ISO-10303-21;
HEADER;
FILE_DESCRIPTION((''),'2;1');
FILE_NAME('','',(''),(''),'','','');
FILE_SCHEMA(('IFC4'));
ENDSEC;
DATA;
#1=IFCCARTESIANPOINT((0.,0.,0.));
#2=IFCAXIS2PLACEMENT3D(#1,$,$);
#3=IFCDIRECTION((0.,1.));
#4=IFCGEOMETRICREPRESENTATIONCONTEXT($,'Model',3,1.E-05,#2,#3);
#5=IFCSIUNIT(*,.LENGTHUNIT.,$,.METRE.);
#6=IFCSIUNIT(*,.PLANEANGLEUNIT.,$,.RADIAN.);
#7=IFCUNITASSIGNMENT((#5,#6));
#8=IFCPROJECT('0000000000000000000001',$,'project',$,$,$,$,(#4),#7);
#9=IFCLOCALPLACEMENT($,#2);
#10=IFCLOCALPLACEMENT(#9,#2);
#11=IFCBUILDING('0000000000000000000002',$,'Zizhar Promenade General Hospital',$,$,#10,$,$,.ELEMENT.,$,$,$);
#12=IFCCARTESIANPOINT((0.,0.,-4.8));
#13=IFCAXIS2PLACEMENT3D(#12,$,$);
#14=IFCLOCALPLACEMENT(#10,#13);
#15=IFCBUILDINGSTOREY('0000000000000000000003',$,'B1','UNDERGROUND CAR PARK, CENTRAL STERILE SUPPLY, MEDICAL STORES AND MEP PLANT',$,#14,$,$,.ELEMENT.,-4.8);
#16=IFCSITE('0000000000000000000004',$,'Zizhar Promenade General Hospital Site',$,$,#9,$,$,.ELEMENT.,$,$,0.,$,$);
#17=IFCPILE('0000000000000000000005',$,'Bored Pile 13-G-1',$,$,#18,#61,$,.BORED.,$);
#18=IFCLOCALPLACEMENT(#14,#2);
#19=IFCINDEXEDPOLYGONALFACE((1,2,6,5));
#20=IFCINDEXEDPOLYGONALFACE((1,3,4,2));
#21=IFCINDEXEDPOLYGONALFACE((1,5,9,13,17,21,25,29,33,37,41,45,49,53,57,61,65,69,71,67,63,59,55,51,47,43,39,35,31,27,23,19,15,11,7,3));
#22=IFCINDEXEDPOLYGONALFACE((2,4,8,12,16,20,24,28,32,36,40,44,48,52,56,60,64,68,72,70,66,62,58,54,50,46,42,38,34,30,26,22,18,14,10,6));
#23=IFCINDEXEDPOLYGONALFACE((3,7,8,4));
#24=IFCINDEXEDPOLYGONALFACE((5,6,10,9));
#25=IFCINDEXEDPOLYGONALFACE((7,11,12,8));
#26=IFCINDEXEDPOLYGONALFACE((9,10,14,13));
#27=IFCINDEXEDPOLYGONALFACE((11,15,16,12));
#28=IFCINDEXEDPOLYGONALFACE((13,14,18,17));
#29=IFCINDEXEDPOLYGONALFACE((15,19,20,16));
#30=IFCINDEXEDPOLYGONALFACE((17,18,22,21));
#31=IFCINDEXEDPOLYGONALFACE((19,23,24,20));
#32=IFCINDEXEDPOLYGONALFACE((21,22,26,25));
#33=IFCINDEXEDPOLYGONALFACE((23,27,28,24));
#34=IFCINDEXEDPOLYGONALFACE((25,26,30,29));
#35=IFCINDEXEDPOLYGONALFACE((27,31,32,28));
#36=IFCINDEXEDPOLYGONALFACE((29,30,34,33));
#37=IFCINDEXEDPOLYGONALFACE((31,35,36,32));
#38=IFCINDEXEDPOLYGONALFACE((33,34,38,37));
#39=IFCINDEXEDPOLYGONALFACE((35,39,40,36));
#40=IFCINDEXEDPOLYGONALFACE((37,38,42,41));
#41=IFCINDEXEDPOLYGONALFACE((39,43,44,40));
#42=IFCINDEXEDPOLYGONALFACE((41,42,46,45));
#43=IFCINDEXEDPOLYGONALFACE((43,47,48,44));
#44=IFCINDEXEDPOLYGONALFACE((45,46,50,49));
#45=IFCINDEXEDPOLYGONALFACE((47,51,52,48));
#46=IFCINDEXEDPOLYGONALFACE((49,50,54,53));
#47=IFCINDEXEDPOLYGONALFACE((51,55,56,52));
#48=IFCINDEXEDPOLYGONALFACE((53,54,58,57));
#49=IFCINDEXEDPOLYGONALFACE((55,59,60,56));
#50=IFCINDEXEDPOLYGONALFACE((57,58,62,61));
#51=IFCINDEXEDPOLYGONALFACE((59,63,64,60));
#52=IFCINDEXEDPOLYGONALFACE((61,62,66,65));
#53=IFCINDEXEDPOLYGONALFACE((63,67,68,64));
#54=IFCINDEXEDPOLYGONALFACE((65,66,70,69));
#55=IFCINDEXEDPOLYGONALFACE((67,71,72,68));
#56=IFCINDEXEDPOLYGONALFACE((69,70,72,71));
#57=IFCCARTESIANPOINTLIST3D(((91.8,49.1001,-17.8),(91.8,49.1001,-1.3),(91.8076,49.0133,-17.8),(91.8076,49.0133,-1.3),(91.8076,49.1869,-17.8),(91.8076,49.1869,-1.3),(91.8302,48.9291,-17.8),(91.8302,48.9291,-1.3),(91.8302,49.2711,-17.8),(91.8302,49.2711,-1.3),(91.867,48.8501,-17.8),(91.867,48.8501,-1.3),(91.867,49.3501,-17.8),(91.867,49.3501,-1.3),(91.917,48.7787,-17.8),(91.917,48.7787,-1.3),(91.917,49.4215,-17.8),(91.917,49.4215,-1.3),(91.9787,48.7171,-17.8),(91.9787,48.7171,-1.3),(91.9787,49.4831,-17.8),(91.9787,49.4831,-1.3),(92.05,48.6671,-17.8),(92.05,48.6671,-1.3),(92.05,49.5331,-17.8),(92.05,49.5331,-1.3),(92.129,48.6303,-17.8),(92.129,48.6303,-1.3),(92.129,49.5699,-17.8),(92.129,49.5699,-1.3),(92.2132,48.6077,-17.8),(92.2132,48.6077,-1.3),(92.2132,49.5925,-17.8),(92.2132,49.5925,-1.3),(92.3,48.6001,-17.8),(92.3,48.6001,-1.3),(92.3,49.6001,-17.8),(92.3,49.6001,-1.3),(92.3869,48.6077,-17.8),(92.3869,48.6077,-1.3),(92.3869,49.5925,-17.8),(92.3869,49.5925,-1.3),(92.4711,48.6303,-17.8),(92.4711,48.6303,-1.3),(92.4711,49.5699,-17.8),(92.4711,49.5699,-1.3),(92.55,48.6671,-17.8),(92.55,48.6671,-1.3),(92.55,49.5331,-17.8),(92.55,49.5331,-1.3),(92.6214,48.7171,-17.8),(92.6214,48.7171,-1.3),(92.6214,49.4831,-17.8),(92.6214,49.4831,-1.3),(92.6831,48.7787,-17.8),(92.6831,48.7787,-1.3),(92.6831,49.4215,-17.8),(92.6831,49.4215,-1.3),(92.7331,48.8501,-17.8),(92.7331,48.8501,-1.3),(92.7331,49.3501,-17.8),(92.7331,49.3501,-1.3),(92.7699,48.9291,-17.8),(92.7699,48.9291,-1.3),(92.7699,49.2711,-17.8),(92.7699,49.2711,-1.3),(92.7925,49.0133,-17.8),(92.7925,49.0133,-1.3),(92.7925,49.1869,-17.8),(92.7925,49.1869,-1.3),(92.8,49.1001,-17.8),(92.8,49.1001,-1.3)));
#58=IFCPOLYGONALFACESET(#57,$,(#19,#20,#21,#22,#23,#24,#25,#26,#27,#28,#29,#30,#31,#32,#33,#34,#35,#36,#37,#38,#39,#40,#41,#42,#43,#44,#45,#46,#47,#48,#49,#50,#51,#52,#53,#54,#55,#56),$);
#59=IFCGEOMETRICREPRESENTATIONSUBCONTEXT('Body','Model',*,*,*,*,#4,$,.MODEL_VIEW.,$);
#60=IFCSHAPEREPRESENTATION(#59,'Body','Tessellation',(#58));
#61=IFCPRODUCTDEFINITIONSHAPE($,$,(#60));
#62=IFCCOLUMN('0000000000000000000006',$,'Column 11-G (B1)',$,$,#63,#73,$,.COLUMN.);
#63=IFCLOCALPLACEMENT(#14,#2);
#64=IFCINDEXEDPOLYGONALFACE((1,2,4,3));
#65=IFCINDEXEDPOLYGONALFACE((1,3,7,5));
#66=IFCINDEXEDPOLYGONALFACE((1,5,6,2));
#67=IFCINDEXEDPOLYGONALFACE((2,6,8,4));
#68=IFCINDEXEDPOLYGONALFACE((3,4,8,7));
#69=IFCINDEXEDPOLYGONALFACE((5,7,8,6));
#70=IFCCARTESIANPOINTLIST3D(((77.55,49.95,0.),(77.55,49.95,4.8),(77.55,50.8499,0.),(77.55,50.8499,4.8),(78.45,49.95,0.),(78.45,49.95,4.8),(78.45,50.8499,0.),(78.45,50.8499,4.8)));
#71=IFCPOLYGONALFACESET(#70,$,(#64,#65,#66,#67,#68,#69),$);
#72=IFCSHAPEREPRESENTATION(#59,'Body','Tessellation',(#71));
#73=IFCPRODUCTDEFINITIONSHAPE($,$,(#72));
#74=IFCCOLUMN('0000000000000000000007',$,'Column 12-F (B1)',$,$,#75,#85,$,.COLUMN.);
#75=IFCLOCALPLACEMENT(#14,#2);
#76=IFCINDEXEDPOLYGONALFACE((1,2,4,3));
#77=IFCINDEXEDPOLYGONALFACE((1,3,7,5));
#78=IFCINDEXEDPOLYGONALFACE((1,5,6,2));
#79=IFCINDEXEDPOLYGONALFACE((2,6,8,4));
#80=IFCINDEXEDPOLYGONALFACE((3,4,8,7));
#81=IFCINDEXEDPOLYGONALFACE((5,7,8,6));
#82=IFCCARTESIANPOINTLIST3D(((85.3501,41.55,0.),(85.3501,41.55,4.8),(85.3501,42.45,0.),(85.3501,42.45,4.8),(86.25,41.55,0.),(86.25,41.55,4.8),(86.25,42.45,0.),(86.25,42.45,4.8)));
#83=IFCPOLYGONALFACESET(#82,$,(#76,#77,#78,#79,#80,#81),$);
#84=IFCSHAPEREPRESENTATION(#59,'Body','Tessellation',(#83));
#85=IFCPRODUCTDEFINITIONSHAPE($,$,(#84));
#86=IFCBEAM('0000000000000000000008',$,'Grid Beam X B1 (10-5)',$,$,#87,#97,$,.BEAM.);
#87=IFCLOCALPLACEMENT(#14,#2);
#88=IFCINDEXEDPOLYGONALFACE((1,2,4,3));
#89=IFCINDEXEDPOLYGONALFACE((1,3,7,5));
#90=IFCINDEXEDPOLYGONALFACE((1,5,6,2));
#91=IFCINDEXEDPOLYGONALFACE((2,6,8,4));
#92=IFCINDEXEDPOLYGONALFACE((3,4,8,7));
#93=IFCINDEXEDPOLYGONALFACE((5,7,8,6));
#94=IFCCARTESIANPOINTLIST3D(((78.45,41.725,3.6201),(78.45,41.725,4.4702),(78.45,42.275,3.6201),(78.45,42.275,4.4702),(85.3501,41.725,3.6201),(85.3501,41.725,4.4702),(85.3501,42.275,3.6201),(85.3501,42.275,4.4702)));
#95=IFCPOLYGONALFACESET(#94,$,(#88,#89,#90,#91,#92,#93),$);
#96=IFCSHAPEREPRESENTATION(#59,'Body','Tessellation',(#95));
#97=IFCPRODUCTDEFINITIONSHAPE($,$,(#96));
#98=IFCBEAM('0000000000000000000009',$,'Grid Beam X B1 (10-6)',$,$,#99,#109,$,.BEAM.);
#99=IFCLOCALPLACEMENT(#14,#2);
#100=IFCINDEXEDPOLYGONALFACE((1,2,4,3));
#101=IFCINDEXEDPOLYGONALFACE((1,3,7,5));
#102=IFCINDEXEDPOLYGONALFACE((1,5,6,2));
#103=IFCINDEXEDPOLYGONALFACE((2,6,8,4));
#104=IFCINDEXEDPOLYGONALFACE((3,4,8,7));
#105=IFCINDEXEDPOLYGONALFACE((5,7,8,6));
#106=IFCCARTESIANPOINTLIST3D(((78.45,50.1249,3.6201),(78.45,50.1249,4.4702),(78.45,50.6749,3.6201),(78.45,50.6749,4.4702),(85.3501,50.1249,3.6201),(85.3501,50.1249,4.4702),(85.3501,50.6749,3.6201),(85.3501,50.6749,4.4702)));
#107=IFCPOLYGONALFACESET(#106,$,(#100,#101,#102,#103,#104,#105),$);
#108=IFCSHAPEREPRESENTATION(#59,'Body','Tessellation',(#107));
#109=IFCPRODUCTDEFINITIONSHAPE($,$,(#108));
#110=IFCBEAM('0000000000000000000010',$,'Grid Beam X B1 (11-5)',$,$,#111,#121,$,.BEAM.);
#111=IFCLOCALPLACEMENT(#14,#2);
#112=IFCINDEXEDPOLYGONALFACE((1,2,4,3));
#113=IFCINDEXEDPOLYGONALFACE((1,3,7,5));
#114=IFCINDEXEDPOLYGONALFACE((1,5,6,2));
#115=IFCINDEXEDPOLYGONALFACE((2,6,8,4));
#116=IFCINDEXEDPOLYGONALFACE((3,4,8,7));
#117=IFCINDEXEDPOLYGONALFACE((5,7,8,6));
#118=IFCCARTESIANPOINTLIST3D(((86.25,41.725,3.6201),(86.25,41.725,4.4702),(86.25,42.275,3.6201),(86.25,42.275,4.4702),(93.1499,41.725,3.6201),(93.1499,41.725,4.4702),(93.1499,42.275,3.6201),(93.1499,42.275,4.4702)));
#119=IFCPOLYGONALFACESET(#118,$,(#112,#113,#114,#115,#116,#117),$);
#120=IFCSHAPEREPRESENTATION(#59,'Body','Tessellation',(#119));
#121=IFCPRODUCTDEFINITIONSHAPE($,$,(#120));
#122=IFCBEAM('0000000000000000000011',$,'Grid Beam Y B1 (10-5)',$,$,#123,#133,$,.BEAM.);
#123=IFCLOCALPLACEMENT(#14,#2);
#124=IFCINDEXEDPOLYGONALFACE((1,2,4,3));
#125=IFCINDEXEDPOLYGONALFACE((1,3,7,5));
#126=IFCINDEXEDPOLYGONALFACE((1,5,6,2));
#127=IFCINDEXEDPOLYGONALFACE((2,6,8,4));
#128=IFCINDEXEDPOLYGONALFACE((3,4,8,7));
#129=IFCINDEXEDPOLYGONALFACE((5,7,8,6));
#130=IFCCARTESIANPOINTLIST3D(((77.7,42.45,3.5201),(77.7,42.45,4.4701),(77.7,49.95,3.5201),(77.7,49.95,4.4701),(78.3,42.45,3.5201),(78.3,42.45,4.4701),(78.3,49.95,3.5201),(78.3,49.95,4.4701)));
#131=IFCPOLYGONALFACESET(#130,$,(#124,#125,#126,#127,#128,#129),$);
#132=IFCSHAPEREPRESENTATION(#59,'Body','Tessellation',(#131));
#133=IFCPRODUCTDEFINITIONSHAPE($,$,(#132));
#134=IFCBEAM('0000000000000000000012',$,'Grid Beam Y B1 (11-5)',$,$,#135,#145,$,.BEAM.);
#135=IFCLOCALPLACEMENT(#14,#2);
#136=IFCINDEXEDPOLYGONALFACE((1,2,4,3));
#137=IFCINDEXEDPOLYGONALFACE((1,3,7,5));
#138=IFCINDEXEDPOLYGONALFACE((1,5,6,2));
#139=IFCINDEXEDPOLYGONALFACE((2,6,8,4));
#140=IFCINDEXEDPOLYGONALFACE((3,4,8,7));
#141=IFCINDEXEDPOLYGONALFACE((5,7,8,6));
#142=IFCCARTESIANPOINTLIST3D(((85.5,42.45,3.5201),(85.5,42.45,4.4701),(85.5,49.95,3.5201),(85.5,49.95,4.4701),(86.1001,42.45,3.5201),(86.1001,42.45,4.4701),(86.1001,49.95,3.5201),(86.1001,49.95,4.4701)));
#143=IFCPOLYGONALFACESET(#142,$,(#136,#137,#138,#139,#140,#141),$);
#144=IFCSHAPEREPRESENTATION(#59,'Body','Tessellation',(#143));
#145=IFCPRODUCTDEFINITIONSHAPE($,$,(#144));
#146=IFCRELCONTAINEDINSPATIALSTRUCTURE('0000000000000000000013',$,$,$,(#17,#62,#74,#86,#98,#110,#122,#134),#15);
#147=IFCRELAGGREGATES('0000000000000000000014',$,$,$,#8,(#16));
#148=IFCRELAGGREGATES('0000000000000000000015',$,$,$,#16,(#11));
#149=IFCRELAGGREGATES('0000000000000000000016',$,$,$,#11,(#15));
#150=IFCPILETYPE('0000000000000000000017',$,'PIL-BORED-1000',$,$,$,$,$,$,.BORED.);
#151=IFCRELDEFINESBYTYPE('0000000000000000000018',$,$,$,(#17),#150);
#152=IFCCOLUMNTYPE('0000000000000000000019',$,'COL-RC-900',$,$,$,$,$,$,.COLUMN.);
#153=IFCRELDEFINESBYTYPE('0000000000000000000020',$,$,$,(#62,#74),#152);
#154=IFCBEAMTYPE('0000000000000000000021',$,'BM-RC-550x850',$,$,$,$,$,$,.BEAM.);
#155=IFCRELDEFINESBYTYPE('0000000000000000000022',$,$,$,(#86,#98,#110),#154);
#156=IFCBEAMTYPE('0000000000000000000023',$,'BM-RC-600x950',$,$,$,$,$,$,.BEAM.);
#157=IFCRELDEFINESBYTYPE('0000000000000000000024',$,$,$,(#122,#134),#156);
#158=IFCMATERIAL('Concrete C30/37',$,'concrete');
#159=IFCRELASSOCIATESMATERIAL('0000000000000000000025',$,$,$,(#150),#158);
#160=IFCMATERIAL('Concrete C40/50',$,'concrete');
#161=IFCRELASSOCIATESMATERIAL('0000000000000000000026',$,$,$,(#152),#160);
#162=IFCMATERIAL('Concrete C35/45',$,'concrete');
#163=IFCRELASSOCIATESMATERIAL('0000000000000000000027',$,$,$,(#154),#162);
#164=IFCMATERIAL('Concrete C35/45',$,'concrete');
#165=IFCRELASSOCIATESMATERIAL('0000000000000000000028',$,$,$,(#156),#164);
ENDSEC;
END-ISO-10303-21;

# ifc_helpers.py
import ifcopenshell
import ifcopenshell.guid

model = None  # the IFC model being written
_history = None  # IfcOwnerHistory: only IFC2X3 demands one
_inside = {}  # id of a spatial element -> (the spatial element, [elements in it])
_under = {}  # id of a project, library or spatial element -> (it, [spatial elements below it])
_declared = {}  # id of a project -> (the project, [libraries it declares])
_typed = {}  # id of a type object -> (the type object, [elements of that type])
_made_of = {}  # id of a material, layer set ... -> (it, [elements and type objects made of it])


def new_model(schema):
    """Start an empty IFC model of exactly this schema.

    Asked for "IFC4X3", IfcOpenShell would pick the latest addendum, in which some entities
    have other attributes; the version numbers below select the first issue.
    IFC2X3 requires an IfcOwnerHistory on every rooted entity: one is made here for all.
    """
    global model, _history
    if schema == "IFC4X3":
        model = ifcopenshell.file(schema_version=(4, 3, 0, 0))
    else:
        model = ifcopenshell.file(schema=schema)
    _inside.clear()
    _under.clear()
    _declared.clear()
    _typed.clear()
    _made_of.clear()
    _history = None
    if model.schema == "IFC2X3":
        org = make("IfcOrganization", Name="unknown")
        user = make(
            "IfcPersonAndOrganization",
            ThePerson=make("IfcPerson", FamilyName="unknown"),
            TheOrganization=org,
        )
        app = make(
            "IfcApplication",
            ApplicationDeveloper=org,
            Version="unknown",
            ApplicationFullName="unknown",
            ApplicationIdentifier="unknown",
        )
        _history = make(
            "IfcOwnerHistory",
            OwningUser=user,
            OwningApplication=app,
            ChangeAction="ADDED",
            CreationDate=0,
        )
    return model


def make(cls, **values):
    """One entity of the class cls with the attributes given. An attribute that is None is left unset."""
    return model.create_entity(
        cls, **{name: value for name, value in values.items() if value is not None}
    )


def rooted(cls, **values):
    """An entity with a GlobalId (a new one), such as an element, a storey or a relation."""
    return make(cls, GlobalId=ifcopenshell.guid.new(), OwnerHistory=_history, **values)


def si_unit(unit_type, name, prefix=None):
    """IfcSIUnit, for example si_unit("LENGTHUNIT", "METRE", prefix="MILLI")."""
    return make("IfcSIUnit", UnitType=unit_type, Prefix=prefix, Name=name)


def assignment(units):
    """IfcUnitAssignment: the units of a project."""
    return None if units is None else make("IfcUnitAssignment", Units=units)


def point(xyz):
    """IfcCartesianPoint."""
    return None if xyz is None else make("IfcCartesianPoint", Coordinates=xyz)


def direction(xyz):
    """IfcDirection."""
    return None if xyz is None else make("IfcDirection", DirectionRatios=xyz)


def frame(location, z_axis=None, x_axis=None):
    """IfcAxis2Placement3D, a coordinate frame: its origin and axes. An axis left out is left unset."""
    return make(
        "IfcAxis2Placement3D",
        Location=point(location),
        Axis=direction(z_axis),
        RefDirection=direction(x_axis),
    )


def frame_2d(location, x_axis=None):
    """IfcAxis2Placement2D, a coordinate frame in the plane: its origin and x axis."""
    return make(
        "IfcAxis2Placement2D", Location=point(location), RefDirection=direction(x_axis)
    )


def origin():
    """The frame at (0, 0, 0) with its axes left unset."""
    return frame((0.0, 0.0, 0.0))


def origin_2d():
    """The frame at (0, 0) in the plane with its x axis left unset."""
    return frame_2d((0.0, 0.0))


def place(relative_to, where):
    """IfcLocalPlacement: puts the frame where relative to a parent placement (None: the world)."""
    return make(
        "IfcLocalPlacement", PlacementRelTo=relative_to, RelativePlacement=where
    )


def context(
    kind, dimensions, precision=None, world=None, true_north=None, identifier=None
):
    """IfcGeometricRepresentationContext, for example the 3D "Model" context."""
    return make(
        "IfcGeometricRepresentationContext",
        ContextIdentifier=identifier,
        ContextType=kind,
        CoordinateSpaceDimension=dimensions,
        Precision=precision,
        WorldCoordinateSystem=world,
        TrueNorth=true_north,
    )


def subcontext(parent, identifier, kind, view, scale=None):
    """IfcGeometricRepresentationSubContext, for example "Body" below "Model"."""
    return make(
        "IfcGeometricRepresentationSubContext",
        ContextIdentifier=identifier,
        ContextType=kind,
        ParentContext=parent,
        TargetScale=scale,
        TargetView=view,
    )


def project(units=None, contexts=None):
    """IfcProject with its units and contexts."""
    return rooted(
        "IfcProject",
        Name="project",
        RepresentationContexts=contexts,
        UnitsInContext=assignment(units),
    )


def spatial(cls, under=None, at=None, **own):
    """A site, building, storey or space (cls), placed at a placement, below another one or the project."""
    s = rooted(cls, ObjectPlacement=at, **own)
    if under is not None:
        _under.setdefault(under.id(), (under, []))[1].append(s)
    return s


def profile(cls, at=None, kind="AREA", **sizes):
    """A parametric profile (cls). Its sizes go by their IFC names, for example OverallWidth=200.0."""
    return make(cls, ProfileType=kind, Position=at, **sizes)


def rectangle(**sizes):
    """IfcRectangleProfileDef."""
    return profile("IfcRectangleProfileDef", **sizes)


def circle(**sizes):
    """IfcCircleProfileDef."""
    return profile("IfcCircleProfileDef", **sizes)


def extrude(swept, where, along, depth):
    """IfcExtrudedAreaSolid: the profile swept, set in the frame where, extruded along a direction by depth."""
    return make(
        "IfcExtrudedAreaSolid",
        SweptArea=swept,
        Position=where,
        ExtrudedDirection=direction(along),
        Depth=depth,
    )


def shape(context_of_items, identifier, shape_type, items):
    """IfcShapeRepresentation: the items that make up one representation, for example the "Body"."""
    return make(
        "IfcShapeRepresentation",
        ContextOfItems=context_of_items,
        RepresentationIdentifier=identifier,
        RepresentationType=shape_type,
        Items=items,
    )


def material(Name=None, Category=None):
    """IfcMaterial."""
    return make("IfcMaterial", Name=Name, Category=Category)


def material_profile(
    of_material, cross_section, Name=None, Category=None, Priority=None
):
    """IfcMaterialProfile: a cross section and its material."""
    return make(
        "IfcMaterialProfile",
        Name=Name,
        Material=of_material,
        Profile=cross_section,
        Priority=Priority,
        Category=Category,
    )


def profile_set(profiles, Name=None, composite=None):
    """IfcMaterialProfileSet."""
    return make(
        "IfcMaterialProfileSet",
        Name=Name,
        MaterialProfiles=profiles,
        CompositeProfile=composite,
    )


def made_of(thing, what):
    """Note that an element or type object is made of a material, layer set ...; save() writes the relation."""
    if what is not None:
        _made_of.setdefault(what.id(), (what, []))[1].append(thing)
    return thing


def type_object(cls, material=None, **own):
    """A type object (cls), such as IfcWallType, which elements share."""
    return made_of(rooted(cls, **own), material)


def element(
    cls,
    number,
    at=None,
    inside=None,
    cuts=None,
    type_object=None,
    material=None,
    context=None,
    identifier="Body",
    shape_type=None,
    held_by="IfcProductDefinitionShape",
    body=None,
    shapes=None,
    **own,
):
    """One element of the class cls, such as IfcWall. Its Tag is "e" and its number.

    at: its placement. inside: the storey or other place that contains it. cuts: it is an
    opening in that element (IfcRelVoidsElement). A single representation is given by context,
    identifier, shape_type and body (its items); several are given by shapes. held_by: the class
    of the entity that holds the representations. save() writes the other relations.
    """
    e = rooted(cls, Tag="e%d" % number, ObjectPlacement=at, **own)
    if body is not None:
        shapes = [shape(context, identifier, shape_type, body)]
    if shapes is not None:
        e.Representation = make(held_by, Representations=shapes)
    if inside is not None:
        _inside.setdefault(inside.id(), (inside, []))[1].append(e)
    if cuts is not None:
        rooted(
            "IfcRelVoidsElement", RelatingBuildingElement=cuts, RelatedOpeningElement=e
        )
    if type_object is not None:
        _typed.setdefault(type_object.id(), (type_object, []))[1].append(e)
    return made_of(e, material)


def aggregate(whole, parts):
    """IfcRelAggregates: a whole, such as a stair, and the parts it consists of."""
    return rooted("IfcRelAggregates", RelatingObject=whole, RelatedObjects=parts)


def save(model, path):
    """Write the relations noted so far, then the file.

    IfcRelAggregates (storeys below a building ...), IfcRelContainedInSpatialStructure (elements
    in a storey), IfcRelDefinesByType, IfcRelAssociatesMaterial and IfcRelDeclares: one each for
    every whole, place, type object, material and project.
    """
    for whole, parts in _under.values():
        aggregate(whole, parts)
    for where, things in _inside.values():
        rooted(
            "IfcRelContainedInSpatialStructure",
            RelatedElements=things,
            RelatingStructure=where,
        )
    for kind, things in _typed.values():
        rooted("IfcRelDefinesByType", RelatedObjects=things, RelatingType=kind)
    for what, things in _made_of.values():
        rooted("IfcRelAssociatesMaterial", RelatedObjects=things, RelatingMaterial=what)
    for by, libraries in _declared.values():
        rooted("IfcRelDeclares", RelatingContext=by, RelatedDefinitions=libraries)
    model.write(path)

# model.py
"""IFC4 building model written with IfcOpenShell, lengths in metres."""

from ifc_helpers import new_model, si_unit, direction, frame, origin, origin_2d, place, context, subcontext, project, spatial, rectangle, circle, extrude, material, material_profile, profile_set, type_object, element, save


model = new_model("IFC4")

# Units and contexts
model_context = context("Model", 3, precision=1e-05, world=origin(), true_north=direction((0.0, 1.0)))
body_context = subcontext(model_context, "Body", "Model", "MODEL_VIEW")
ifc_project = project(units=[si_unit("LENGTHUNIT", "METRE"), si_unit("PLANEANGLEUNIT", "RADIAN")], contexts=[model_context])

# Site, building, storey
site_placement = place(None, origin())
site = spatial("IfcSite", under=ifc_project, at=site_placement, Name="Zizhar Promenade General Hospital Site", CompositionType="ELEMENT", RefElevation=0.0)
building_placement = place(site_placement, origin())
building = spatial("IfcBuilding", under=site, at=building_placement, Name="Zizhar Promenade General Hospital", CompositionType="ELEMENT")
storey_placement = place(building_placement, frame((0.0, 0.0, -4.8)))
storey = spatial("IfcBuildingStorey", under=building, at=storey_placement, Name="B1", Description="UNDERGROUND CAR PARK, CENTRAL STERILE SUPPLY, MEDICAL STORES AND MEP PLANT", CompositionType="ELEMENT", Elevation=-4.8)

# Pile
ifc_material_1 = material(Name="Concrete C30/37", Category="concrete")
ifc_material_profile_1 = material_profile(ifc_material_1, circle(Radius=0.5, at=origin_2d()))
ifc_profile_set_1 = profile_set([ifc_material_profile_1], Name="Concrete C30/37")
pile_type = type_object("IfcPileType", Name="PIL-BORED-1000", PredefinedType="BORED", material=ifc_profile_set_1)
for number, where, z_axis, x_axis, name in (
    (1, (92.3, 49.1001, -1.3), (0.0, 0.0, -1.0), (1.0, 0.0, 0.0), "Bored Pile 13-G-1"),
):
    element("IfcPile", number, at=place(storey_placement, frame(where, z_axis=z_axis, x_axis=x_axis)), inside=storey, type_object=pile_type, Name=name, PredefinedType="BORED", context=body_context, shape_type="SweptSolid", body=[
        extrude(circle(Radius=0.5, at=origin_2d()), origin(), (0.0, 0.0, 1.0), 16.5),
    ])

# Columns
ifc_material_2 = material(Name="Concrete C40/50", Category="concrete")
ifc_material_profile_2 = material_profile(ifc_material_2, rectangle(XDim=0.8999, YDim=0.8999, at=origin_2d()))
ifc_profile_set_2 = profile_set([ifc_material_profile_2], Name="Concrete C40/50")
column_type = type_object("IfcColumnType", Name="COL-RC-900", PredefinedType="COLUMN", material=ifc_profile_set_2)
for number, where, z_axis, x_axis, name in (
    (2, (78.0, 50.3999, 0.0), (0.0, 0.0, 1.0), (1.0, 0.0, 0.0), "Column 11-G (B1)"),
    (3, (85.8, 42.0, 0.0), (0.0, 0.0, 1.0), (1.0, 0.0, 0.0), "Column 12-F (B1)"),
):
    element("IfcColumn", number, at=place(storey_placement, frame(where, z_axis=z_axis, x_axis=x_axis)), inside=storey, type_object=column_type, Name=name, PredefinedType="COLUMN", context=body_context, shape_type="SweptSolid", body=[
        extrude(rectangle(XDim=0.8999, YDim=0.8999, at=origin_2d()), origin(), (0.0, 0.0, 1.0), 4.8),
    ])

# Beams
ifc_material_3 = material(Name="Concrete C35/45", Category="concrete")
ifc_material_profile_3 = material_profile(ifc_material_3, rectangle(XDim=0.55, YDim=0.8501, at=origin_2d()))
ifc_profile_set_3 = profile_set([ifc_material_profile_3], Name="Concrete C35/45")
beam_type_1 = type_object("IfcBeamType", Name="BM-RC-550x850", PredefinedType="BEAM", material=ifc_profile_set_3)
for number, where, z_axis, x_axis, name in (
    (4, (78.45, 42.0, 4.0452), (1.0, 0.0, 0.0), (0.0, 1.0, 0.0), "Grid Beam X B1 (10-5)"),
    (5, (78.45, 50.3999, 4.0452), (1.0, 0.0, 0.0), (0.0, 1.0, 0.0), "Grid Beam X B1 (10-6)"),
):
    element("IfcBeam", number, at=place(storey_placement, frame(where, z_axis=z_axis, x_axis=x_axis)), inside=storey, type_object=beam_type_1, Name=name, PredefinedType="BEAM", context=body_context, shape_type="SweptSolid", body=[
        extrude(rectangle(XDim=0.55, YDim=0.8501, at=origin_2d()), origin(), (0.0, 0.0, 1.0), 6.9001),
    ])
beam_placement = place(storey_placement, frame((86.25, 42.0, 4.0452), z_axis=(1.0, 0.0, 0.0), x_axis=(0.0, 1.0, 0.0)))
element("IfcBeam", 6, at=beam_placement, inside=storey, type_object=beam_type_1, Name="Grid Beam X B1 (11-5)", PredefinedType="BEAM", context=body_context, shape_type="SweptSolid", body=[
    extrude(rectangle(XDim=0.55, YDim=0.8501, at=origin_2d()), origin(), (0.0, 0.0, 1.0), 6.8999),
])
ifc_material_4 = material(Name="Concrete C35/45", Category="concrete")
ifc_material_profile_4 = material_profile(ifc_material_4, rectangle(XDim=0.6001, YDim=0.95, at=origin_2d()))
ifc_profile_set_4 = profile_set([ifc_material_profile_4], Name="Concrete C35/45")
beam_type_2 = type_object("IfcBeamType", Name="BM-RC-600x950", PredefinedType="BEAM", material=ifc_profile_set_4)
for number, where, z_axis, x_axis, name in (
    (7, (78.0, 42.45, 3.9951), (0.0, 1.0, 0.0), (-1.0, 0.0, 0.0), "Grid Beam Y B1 (10-5)"),
    (8, (85.8, 42.45, 3.9951), (0.0, 1.0, 0.0), (-1.0, 0.0, 0.0), "Grid Beam Y B1 (11-5)"),
):
    element("IfcBeam", number, at=place(storey_placement, frame(where, z_axis=z_axis, x_axis=x_axis)), inside=storey, type_object=beam_type_2, Name=name, PredefinedType="BEAM", context=body_context, shape_type="SweptSolid", body=[
        extrude(rectangle(XDim=0.6001, YDim=0.95, at=origin_2d()), origin(), (0.0, 0.0, 1.0), 7.5),
    ])

save(model, "model.ifc")
